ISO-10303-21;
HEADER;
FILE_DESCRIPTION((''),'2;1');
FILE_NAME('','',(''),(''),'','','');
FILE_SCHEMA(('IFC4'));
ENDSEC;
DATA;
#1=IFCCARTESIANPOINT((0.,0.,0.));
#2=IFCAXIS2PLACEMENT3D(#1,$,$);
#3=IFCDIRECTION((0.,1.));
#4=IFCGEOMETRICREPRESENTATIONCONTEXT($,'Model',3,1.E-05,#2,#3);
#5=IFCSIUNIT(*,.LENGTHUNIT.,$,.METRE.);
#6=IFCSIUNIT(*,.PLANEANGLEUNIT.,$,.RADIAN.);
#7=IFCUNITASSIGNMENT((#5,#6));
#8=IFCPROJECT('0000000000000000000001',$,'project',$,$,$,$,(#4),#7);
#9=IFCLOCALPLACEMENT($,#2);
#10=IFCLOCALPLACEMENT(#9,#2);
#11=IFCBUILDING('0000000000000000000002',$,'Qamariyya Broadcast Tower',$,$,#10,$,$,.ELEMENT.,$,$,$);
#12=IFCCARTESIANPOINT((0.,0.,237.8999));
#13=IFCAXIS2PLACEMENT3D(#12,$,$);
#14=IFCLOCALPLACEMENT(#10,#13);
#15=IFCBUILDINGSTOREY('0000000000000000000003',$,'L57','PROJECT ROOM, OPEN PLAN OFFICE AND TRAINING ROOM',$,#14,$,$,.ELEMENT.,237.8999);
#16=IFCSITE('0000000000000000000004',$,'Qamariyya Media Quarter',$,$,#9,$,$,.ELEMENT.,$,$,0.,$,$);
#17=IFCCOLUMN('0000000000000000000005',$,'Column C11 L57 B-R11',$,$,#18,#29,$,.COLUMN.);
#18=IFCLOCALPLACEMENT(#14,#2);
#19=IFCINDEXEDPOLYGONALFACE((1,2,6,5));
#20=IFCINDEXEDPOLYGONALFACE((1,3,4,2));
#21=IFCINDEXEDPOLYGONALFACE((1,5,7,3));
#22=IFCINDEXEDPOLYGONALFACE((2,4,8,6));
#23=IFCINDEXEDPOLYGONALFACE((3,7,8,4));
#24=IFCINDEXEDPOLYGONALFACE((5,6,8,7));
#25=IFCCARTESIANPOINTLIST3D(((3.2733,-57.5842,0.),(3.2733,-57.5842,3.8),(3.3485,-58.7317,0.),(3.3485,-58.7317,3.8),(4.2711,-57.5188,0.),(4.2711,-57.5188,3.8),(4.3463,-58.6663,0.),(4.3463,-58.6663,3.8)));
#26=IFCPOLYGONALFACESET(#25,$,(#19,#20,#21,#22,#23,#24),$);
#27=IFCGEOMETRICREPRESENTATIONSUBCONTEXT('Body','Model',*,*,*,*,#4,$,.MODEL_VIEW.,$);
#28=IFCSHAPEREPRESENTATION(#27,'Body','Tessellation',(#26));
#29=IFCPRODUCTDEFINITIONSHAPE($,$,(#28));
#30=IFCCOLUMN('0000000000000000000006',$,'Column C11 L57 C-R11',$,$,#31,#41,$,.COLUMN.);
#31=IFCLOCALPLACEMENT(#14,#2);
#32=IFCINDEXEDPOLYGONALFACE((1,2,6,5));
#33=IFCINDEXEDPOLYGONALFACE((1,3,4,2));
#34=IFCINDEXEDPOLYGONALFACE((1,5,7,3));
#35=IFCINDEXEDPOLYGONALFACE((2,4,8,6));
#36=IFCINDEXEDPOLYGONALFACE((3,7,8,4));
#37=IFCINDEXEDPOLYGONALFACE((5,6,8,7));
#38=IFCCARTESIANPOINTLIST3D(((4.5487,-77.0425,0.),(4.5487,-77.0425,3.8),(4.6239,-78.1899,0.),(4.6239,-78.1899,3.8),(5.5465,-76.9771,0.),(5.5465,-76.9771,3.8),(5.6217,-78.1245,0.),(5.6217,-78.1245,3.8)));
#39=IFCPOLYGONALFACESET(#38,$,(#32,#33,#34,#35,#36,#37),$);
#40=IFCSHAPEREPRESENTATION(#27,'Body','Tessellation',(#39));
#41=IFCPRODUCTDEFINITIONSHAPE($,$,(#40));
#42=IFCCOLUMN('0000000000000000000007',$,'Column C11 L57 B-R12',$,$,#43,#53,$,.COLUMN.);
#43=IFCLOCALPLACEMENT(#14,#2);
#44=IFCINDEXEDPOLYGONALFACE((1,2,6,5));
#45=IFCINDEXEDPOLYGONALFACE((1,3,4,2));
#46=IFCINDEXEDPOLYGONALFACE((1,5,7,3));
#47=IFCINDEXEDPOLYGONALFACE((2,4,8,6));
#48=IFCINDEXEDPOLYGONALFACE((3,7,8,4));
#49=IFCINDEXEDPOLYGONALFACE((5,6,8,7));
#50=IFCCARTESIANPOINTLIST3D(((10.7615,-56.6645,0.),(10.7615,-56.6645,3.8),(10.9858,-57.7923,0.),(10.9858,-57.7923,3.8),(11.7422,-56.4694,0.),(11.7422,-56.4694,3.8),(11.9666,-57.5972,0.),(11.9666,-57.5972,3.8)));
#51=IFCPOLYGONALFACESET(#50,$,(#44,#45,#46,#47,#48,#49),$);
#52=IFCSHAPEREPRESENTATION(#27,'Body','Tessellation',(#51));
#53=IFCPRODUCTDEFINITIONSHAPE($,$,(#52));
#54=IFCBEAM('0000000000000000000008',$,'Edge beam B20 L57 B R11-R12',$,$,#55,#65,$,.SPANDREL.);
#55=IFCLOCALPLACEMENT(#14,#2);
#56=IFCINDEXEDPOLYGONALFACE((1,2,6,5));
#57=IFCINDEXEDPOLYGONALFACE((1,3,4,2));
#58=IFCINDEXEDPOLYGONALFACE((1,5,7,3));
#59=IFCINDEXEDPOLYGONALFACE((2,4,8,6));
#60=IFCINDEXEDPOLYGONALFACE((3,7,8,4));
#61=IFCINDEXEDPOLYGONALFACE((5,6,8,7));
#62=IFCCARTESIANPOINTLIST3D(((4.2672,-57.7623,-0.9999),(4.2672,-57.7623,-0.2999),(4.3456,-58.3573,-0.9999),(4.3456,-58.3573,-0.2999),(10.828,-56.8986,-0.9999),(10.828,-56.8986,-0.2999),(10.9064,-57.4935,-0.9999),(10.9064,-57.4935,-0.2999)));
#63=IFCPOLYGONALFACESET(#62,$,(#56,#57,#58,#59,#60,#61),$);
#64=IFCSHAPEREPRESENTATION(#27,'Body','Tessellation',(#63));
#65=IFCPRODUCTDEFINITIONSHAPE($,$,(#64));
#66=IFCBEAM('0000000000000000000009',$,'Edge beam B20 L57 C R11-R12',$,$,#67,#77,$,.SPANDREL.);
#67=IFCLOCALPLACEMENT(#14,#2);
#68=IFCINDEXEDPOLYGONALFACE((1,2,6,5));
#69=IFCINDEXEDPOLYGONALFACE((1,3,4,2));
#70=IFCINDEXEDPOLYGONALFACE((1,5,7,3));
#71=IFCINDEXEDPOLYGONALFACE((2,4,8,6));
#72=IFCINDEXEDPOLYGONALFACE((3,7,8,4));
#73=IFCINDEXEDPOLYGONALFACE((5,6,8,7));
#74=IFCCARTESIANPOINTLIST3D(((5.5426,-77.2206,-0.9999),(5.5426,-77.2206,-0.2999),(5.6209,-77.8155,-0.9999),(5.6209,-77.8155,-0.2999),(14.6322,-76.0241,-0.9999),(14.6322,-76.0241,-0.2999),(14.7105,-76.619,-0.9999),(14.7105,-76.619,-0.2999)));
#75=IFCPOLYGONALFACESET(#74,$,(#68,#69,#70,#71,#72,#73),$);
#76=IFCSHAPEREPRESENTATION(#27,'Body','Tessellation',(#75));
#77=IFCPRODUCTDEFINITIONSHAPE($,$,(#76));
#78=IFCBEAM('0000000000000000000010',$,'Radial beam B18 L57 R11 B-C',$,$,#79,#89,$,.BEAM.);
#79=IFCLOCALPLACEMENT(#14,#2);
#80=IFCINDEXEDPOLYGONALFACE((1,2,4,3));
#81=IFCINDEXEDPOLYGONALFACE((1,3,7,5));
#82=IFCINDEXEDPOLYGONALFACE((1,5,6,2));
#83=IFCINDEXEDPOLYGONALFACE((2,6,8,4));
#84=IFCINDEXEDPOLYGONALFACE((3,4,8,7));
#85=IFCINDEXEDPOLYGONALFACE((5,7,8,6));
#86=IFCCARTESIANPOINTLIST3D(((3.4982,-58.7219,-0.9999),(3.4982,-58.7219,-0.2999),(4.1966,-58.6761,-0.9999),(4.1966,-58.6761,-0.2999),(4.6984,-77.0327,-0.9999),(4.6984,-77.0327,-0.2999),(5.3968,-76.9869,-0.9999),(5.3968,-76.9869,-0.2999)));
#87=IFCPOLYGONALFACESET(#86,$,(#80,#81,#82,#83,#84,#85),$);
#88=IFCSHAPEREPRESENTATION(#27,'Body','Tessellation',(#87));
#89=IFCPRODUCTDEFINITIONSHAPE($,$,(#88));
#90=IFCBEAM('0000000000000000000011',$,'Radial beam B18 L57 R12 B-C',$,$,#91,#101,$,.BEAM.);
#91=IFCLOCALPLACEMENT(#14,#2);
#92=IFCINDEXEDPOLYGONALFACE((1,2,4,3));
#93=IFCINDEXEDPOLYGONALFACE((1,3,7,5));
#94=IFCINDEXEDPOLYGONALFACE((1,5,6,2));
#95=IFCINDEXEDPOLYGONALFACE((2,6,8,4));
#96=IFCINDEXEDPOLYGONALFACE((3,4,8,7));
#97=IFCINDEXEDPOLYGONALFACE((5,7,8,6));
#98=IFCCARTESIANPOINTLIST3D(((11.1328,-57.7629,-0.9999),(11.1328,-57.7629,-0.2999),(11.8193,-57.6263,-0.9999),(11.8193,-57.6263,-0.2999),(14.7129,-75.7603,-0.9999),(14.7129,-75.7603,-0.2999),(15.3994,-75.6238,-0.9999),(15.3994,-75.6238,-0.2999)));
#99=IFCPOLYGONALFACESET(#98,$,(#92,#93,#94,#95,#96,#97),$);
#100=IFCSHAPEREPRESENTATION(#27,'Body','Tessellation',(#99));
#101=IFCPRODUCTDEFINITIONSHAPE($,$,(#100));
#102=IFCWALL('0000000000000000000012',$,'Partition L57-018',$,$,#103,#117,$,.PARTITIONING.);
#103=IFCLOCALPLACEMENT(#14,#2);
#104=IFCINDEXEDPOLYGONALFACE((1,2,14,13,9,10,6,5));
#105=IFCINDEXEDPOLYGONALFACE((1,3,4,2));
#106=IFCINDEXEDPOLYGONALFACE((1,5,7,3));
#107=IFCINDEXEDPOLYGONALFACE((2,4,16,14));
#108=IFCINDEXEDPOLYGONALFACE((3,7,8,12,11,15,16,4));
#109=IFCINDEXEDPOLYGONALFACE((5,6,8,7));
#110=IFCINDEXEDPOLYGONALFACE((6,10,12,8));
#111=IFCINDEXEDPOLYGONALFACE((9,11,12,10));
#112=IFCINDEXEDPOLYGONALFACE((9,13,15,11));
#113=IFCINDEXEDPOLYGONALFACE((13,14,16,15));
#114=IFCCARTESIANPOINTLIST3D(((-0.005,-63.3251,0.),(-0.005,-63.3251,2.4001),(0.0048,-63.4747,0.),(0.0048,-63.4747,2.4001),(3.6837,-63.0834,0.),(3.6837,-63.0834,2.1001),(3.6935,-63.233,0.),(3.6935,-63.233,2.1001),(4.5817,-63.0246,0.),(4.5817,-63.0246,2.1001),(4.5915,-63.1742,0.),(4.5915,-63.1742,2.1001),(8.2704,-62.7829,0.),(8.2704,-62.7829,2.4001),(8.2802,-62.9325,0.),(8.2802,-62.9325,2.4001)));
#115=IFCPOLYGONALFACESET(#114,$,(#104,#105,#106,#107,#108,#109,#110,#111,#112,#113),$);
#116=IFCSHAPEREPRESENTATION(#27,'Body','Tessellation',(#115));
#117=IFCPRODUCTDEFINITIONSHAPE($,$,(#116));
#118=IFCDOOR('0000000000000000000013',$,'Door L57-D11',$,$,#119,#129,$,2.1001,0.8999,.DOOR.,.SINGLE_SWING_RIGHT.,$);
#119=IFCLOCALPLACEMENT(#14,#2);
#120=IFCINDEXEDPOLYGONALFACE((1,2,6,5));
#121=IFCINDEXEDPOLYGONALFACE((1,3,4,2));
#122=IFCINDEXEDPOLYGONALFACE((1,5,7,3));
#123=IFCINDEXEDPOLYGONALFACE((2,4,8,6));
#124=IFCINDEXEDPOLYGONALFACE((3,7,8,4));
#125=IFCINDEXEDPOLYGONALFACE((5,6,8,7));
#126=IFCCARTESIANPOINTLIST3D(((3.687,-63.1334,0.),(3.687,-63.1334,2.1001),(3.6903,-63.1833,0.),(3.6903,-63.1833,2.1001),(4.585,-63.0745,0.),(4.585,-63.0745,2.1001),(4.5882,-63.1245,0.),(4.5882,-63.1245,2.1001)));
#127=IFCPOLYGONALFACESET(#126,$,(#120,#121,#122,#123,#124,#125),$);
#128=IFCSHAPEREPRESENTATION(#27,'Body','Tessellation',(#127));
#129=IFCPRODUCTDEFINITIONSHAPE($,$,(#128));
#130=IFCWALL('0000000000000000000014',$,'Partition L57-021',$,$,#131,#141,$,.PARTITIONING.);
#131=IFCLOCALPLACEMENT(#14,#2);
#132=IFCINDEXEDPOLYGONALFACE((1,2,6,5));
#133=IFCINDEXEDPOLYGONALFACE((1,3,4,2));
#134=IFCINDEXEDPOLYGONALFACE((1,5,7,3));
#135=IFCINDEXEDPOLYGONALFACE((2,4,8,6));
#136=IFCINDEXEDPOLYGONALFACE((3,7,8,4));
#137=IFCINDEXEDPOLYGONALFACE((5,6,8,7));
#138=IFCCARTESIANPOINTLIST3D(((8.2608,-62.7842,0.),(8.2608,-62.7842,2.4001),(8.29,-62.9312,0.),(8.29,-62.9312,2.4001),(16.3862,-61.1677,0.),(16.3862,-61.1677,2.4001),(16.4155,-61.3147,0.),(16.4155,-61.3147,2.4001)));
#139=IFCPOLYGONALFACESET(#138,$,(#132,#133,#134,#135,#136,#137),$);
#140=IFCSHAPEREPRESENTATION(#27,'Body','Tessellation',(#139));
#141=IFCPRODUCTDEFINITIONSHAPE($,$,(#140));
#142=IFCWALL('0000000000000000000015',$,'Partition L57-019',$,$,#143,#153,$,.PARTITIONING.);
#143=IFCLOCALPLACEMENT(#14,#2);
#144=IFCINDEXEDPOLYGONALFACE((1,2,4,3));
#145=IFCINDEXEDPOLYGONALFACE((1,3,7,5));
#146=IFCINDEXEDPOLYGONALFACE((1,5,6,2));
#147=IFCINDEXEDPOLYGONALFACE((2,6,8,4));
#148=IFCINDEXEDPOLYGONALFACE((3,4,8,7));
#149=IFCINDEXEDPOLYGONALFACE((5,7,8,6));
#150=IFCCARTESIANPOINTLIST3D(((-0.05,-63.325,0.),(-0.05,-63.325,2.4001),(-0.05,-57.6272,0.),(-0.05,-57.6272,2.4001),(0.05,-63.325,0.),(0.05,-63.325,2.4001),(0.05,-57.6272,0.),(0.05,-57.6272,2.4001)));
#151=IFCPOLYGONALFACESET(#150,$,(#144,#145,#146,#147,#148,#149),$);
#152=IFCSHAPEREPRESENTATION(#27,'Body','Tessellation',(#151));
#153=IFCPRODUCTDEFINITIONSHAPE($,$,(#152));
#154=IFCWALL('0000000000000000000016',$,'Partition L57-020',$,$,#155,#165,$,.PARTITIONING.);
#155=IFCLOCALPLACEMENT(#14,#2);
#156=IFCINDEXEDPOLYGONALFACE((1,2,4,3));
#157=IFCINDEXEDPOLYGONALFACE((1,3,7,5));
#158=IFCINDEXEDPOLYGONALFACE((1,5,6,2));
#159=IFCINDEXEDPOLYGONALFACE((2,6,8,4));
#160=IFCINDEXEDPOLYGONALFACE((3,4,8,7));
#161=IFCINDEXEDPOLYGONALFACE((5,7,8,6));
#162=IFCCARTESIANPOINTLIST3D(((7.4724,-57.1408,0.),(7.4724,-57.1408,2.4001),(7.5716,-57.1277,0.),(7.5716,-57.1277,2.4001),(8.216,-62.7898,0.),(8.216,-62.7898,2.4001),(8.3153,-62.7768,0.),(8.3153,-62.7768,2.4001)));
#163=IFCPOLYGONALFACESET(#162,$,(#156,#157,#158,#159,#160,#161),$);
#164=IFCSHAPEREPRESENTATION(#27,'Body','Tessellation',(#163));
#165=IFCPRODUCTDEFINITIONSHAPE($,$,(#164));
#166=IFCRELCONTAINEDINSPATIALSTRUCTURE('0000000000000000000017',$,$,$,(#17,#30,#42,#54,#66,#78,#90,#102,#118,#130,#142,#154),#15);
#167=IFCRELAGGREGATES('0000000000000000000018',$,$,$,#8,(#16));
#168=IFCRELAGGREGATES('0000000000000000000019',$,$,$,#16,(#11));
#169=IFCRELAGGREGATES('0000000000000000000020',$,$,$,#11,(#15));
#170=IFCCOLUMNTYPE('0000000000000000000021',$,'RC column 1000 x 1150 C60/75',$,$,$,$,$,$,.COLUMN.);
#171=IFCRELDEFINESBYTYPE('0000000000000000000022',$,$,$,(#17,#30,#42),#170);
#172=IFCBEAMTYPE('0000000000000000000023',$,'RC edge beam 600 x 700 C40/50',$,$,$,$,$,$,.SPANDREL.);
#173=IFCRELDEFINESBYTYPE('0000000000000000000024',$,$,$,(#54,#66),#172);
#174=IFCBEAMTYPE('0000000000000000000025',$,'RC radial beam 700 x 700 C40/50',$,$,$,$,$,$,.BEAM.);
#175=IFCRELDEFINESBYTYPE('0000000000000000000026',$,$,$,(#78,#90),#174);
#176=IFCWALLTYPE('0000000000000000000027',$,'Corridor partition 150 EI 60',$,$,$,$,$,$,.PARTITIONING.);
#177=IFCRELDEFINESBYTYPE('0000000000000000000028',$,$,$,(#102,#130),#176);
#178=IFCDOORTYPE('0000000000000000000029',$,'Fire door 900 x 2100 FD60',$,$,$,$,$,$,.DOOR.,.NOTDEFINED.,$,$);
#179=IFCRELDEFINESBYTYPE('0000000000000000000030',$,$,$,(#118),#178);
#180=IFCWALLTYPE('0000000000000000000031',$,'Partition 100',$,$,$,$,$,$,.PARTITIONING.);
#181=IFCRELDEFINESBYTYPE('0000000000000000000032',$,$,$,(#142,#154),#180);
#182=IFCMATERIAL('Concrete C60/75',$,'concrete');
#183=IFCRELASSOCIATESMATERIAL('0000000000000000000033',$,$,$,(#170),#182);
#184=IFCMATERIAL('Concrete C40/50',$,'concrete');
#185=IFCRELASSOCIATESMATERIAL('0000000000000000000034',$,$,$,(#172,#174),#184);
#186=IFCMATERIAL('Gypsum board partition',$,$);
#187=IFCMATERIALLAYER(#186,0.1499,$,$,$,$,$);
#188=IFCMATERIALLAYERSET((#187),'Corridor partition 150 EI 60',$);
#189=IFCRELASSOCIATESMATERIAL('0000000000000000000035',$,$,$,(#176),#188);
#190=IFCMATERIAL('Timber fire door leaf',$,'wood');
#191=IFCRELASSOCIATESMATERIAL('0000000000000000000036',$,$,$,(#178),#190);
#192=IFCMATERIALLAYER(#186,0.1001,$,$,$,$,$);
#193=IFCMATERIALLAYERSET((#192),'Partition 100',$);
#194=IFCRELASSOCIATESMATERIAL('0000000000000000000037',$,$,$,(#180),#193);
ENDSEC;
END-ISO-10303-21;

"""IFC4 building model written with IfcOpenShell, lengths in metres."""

from ifc_helpers import new_model, si_unit, direction, frame, frame_2d, origin, origin_2d, place, context, subcontext, project, spatial, rectangle, extrude, material, layer, layer_set, material_profile, profile_set, type_object, element, fill, save


model = new_model("IFC4")

# Units and contexts
model_context = context("Model", 3, precision=1e-05, world=origin(), true_north=direction((0.0, 1.0)))
body_context = subcontext(model_context, "Body", "Model", "MODEL_VIEW")
ifc_project = project(units=[si_unit("LENGTHUNIT", "METRE"), si_unit("PLANEANGLEUNIT", "RADIAN")], contexts=[model_context])

# Site, building, storey
site_placement = place(None, origin())
site = spatial("IfcSite", under=ifc_project, at=site_placement, Name="Qamariyya Media Quarter", CompositionType="ELEMENT", RefElevation=0.0)
building_placement = place(site_placement, origin())
building = spatial("IfcBuilding", under=site, at=building_placement, Name="Qamariyya Broadcast Tower", CompositionType="ELEMENT")
storey_placement = place(building_placement, frame((0.0, 0.0, 237.8999)))
storey = spatial("IfcBuildingStorey", under=building, at=storey_placement, Name="L57", Description="PROJECT ROOM, OPEN PLAN OFFICE AND TRAINING ROOM", CompositionType="ELEMENT", Elevation=237.8999)

# Columns
ifc_material_1 = material(Name="Concrete C60/75", Category="concrete")
ifc_material_profile_1 = material_profile(ifc_material_1, rectangle(XDim=1.0, YDim=1.1499, at=origin_2d()))
ifc_profile_set_1 = profile_set([ifc_material_profile_1], Name="Concrete C60/75")
column_type = type_object("IfcColumnType", Name="RC column 1000 x 1150 C60/75", PredefinedType="COLUMN", material=ifc_profile_set_1)
for number, where, z_axis, x_axis, name in (
    (1, (3.8098, -58.1252, 0.0), (0.0, 0.0, 1.0), (0.997859, 0.065403, 0.0), "Column C11 L57 B-R11"),
    (2, (5.0852, -77.5835, 0.0), (0.0, 0.0, 1.0), (0.997859, 0.065403, 0.0), "Column C11 L57 C-R11"),
    (3, (11.364, -57.1309, 0.0), (0.0, 0.0, 1.0), (0.980785, 0.19509, 0.0), "Column C11 L57 B-R12"),
):
    element("IfcColumn", number, at=place(storey_placement, frame(where, z_axis=z_axis, x_axis=x_axis)), inside=storey, type_object=column_type, Name=name, PredefinedType="COLUMN", context=body_context, shape_type="SweptSolid", body=[
        extrude(rectangle(XDim=1.0, YDim=1.1499, at=origin_2d()), origin(), (0.0, 0.0, 1.0), 3.8),
    ])

# Beams
ifc_material_2 = material(Name="Concrete C40/50", Category="concrete")
ifc_material_profile_2 = material_profile(ifc_material_2, rectangle(XDim=0.6001, YDim=0.7, at=origin_2d()))
ifc_profile_set_2 = profile_set([ifc_material_profile_2], Name="Concrete C40/50")
beam_type_1 = type_object("IfcBeamType", Name="RC edge beam 600 x 700 C40/50", PredefinedType="SPANDREL", material=ifc_profile_set_2)
beam_1_placement = place(storey_placement, frame((4.3064, -58.0598, -0.6499), z_axis=(0.991444, 0.13053, 0.0), x_axis=(-0.13053, 0.991444, 0.0)))
element("IfcBeam", 4, at=beam_1_placement, inside=storey, type_object=beam_type_1, Name="Edge beam B20 L57 B R11-R12", PredefinedType="SPANDREL", context=body_context, shape_type="SweptSolid", body=[
    extrude(rectangle(XDim=0.6001, YDim=0.7, at=origin_2d()), origin(), (0.0, 0.0, 1.0), 6.6174),
])
beam_2_placement = place(storey_placement, frame((5.5818, -77.5181, -0.6499), z_axis=(0.991447, 0.130512, 0.0), x_axis=(-0.130512, 0.991447, 0.0)))
element("IfcBeam", 5, at=beam_2_placement, inside=storey, type_object=beam_type_1, Name="Edge beam B20 L57 C R11-R12", PredefinedType="SPANDREL", context=body_context, shape_type="SweptSolid", body=[
    extrude(rectangle(XDim=0.6001, YDim=0.7, at=origin_2d()), origin(), (0.0, 0.0, 1.0), 9.168),
])
ifc_material_profile_3 = material_profile(ifc_material_2, rectangle(XDim=0.7, YDim=0.7, at=origin_2d()))
ifc_profile_set_3 = profile_set([ifc_material_profile_3], Name="Concrete C40/50")
beam_type_2 = type_object("IfcBeamType", Name="RC radial beam 700 x 700 C40/50", PredefinedType="BEAM", material=ifc_profile_set_3)
for number, where, z_axis, x_axis, name in (
    (6, (3.8474, -58.699, -0.6499), (0.065405, -0.997859, 0.0), (0.997859, 0.065405, 0.0), "Radial beam B18 L57 R11 B-C"),
    (7, (11.4761, -57.6946, -0.6499), (0.195098, -0.980784, 0.0), (0.980784, 0.195098, 0.0), "Radial beam B18 L57 R12 B-C"),
):
    element("IfcBeam", number, at=place(storey_placement, frame(where, z_axis=z_axis, x_axis=x_axis)), inside=storey, type_object=beam_type_2, Name=name, PredefinedType="BEAM", context=body_context, shape_type="SweptSolid", body=[
        extrude(rectangle(XDim=0.7, YDim=0.7, at=origin_2d()), origin(), (0.0, 0.0, 1.0), 18.3501),
    ])

# Wall, opening, door
ifc_material_3 = material(Name="Gypsum board partition")
ifc_layer_1 = layer(ifc_material_3, 0.1499)
ifc_layer_set_1 = layer_set([ifc_layer_1], Name="Corridor partition 150 EI 60")
wall_type_1 = type_object("IfcWallType", Name="Corridor partition 150 EI 60", PredefinedType="PARTITIONING", material=ifc_layer_set_1)
wall_1_placement = place(storey_placement, frame((0.0, -63.3999, 0.0), z_axis=(0.0, 0.0, 1.0), x_axis=(0.99786, 0.065384, 0.0)))
wall_1 = element("IfcWall", 8, at=wall_1_placement, inside=storey, type_object=wall_type_1, Name="Partition L57-018", PredefinedType="PARTITIONING", context=body_context, shape_type="SweptSolid", body=[
    extrude(rectangle(XDim=8.2932, YDim=0.1499, at=frame_2d((4.1465, 0.0))), origin(), (0.0, 0.0, 1.0), 2.4001),
])
opening_1_placement = place(wall_1_placement, frame((3.6965, 0.0, 0.0)))
opening_1 = element("IfcOpeningElement", 9, at=opening_1_placement, cuts=wall_1, PredefinedType="OPENING", context=body_context, shape_type="SweptSolid", body=[
    extrude(rectangle(XDim=0.8999, YDim=2.1001, at=frame_2d((0.45, 1.05))), frame((0.0, 0.085, 0.0), z_axis=(0.0, -1.0, 0.0), x_axis=(1.0, 0.0, 0.0)), (0.0, 0.0, 1.0), 0.1699),
])
ifc_material_4 = material(Name="Timber fire door leaf", Category="wood")
door_type = type_object("IfcDoorType", Name="Fire door 900 x 2100 FD60", OperationType="NOTDEFINED", PredefinedType="DOOR", material=ifc_material_4)
door_placement = place(opening_1_placement, origin())
door = element("IfcDoor", 10, at=door_placement, inside=storey, type_object=door_type, Name="Door L57-D11", OperationType="SINGLE_SWING_RIGHT", OverallHeight=2.1001, OverallWidth=0.8999, PredefinedType="DOOR", context=body_context, shape_type="SweptSolid", body=[
    extrude(rectangle(XDim=0.8999, YDim=2.1001, at=frame_2d((0.45, 1.05))), frame((0.0, 0.0249, 0.0), z_axis=(0.0, -1.0, 0.0), x_axis=(1.0, 0.0, 0.0)), (0.0, 0.0, 1.0), 0.05),
])
fill(opening_1, door)

# Walls
wall_2_placement = place(storey_placement, frame((8.2754, -62.8577, 0.0), z_axis=(0.0, 0.0, 1.0), x_axis=(0.980781, 0.195113, 0.0)))
element("IfcWall", 11, at=wall_2_placement, inside=storey, type_object=wall_type_1, Name="Partition L57-021", PredefinedType="PARTITIONING", context=body_context, shape_type="SweptSolid", body=[
    extrude(rectangle(XDim=8.2847, YDim=0.1499, at=frame_2d((4.1423, 0.0))), origin(), (0.0, 0.0, 1.0), 2.4001),
])
ifc_layer_2 = layer(ifc_material_3, 0.1001)
ifc_layer_set_2 = layer_set([ifc_layer_2], Name="Partition 100")
wall_type_2 = type_object("IfcWallType", Name="Partition 100", PredefinedType="PARTITIONING", material=ifc_layer_set_2)
for number, where, z_axis, x_axis, name in (
    (12, (0.0, -57.6272, 0.0), (0.0, 0.0, 1.0), (0.0, -1.0, 0.0), "Partition L57-019"),
    (13, (7.522, -57.1343, 0.0), (0.0, 0.0, 1.0), (0.130519, -0.991446, 0.0), "Partition L57-020"),
):
    element("IfcWall", number, at=place(storey_placement, frame(where, z_axis=z_axis, x_axis=x_axis)), inside=storey, type_object=wall_type_2, Name=name, PredefinedType="PARTITIONING", context=body_context, shape_type="SweptSolid", body=[
        extrude(rectangle(XDim=5.6978, YDim=0.1001, at=frame_2d((2.8489, 0.0))), origin(), (0.0, 0.0, 1.0), 2.4001),
    ])

save(model, "model.ifc")
